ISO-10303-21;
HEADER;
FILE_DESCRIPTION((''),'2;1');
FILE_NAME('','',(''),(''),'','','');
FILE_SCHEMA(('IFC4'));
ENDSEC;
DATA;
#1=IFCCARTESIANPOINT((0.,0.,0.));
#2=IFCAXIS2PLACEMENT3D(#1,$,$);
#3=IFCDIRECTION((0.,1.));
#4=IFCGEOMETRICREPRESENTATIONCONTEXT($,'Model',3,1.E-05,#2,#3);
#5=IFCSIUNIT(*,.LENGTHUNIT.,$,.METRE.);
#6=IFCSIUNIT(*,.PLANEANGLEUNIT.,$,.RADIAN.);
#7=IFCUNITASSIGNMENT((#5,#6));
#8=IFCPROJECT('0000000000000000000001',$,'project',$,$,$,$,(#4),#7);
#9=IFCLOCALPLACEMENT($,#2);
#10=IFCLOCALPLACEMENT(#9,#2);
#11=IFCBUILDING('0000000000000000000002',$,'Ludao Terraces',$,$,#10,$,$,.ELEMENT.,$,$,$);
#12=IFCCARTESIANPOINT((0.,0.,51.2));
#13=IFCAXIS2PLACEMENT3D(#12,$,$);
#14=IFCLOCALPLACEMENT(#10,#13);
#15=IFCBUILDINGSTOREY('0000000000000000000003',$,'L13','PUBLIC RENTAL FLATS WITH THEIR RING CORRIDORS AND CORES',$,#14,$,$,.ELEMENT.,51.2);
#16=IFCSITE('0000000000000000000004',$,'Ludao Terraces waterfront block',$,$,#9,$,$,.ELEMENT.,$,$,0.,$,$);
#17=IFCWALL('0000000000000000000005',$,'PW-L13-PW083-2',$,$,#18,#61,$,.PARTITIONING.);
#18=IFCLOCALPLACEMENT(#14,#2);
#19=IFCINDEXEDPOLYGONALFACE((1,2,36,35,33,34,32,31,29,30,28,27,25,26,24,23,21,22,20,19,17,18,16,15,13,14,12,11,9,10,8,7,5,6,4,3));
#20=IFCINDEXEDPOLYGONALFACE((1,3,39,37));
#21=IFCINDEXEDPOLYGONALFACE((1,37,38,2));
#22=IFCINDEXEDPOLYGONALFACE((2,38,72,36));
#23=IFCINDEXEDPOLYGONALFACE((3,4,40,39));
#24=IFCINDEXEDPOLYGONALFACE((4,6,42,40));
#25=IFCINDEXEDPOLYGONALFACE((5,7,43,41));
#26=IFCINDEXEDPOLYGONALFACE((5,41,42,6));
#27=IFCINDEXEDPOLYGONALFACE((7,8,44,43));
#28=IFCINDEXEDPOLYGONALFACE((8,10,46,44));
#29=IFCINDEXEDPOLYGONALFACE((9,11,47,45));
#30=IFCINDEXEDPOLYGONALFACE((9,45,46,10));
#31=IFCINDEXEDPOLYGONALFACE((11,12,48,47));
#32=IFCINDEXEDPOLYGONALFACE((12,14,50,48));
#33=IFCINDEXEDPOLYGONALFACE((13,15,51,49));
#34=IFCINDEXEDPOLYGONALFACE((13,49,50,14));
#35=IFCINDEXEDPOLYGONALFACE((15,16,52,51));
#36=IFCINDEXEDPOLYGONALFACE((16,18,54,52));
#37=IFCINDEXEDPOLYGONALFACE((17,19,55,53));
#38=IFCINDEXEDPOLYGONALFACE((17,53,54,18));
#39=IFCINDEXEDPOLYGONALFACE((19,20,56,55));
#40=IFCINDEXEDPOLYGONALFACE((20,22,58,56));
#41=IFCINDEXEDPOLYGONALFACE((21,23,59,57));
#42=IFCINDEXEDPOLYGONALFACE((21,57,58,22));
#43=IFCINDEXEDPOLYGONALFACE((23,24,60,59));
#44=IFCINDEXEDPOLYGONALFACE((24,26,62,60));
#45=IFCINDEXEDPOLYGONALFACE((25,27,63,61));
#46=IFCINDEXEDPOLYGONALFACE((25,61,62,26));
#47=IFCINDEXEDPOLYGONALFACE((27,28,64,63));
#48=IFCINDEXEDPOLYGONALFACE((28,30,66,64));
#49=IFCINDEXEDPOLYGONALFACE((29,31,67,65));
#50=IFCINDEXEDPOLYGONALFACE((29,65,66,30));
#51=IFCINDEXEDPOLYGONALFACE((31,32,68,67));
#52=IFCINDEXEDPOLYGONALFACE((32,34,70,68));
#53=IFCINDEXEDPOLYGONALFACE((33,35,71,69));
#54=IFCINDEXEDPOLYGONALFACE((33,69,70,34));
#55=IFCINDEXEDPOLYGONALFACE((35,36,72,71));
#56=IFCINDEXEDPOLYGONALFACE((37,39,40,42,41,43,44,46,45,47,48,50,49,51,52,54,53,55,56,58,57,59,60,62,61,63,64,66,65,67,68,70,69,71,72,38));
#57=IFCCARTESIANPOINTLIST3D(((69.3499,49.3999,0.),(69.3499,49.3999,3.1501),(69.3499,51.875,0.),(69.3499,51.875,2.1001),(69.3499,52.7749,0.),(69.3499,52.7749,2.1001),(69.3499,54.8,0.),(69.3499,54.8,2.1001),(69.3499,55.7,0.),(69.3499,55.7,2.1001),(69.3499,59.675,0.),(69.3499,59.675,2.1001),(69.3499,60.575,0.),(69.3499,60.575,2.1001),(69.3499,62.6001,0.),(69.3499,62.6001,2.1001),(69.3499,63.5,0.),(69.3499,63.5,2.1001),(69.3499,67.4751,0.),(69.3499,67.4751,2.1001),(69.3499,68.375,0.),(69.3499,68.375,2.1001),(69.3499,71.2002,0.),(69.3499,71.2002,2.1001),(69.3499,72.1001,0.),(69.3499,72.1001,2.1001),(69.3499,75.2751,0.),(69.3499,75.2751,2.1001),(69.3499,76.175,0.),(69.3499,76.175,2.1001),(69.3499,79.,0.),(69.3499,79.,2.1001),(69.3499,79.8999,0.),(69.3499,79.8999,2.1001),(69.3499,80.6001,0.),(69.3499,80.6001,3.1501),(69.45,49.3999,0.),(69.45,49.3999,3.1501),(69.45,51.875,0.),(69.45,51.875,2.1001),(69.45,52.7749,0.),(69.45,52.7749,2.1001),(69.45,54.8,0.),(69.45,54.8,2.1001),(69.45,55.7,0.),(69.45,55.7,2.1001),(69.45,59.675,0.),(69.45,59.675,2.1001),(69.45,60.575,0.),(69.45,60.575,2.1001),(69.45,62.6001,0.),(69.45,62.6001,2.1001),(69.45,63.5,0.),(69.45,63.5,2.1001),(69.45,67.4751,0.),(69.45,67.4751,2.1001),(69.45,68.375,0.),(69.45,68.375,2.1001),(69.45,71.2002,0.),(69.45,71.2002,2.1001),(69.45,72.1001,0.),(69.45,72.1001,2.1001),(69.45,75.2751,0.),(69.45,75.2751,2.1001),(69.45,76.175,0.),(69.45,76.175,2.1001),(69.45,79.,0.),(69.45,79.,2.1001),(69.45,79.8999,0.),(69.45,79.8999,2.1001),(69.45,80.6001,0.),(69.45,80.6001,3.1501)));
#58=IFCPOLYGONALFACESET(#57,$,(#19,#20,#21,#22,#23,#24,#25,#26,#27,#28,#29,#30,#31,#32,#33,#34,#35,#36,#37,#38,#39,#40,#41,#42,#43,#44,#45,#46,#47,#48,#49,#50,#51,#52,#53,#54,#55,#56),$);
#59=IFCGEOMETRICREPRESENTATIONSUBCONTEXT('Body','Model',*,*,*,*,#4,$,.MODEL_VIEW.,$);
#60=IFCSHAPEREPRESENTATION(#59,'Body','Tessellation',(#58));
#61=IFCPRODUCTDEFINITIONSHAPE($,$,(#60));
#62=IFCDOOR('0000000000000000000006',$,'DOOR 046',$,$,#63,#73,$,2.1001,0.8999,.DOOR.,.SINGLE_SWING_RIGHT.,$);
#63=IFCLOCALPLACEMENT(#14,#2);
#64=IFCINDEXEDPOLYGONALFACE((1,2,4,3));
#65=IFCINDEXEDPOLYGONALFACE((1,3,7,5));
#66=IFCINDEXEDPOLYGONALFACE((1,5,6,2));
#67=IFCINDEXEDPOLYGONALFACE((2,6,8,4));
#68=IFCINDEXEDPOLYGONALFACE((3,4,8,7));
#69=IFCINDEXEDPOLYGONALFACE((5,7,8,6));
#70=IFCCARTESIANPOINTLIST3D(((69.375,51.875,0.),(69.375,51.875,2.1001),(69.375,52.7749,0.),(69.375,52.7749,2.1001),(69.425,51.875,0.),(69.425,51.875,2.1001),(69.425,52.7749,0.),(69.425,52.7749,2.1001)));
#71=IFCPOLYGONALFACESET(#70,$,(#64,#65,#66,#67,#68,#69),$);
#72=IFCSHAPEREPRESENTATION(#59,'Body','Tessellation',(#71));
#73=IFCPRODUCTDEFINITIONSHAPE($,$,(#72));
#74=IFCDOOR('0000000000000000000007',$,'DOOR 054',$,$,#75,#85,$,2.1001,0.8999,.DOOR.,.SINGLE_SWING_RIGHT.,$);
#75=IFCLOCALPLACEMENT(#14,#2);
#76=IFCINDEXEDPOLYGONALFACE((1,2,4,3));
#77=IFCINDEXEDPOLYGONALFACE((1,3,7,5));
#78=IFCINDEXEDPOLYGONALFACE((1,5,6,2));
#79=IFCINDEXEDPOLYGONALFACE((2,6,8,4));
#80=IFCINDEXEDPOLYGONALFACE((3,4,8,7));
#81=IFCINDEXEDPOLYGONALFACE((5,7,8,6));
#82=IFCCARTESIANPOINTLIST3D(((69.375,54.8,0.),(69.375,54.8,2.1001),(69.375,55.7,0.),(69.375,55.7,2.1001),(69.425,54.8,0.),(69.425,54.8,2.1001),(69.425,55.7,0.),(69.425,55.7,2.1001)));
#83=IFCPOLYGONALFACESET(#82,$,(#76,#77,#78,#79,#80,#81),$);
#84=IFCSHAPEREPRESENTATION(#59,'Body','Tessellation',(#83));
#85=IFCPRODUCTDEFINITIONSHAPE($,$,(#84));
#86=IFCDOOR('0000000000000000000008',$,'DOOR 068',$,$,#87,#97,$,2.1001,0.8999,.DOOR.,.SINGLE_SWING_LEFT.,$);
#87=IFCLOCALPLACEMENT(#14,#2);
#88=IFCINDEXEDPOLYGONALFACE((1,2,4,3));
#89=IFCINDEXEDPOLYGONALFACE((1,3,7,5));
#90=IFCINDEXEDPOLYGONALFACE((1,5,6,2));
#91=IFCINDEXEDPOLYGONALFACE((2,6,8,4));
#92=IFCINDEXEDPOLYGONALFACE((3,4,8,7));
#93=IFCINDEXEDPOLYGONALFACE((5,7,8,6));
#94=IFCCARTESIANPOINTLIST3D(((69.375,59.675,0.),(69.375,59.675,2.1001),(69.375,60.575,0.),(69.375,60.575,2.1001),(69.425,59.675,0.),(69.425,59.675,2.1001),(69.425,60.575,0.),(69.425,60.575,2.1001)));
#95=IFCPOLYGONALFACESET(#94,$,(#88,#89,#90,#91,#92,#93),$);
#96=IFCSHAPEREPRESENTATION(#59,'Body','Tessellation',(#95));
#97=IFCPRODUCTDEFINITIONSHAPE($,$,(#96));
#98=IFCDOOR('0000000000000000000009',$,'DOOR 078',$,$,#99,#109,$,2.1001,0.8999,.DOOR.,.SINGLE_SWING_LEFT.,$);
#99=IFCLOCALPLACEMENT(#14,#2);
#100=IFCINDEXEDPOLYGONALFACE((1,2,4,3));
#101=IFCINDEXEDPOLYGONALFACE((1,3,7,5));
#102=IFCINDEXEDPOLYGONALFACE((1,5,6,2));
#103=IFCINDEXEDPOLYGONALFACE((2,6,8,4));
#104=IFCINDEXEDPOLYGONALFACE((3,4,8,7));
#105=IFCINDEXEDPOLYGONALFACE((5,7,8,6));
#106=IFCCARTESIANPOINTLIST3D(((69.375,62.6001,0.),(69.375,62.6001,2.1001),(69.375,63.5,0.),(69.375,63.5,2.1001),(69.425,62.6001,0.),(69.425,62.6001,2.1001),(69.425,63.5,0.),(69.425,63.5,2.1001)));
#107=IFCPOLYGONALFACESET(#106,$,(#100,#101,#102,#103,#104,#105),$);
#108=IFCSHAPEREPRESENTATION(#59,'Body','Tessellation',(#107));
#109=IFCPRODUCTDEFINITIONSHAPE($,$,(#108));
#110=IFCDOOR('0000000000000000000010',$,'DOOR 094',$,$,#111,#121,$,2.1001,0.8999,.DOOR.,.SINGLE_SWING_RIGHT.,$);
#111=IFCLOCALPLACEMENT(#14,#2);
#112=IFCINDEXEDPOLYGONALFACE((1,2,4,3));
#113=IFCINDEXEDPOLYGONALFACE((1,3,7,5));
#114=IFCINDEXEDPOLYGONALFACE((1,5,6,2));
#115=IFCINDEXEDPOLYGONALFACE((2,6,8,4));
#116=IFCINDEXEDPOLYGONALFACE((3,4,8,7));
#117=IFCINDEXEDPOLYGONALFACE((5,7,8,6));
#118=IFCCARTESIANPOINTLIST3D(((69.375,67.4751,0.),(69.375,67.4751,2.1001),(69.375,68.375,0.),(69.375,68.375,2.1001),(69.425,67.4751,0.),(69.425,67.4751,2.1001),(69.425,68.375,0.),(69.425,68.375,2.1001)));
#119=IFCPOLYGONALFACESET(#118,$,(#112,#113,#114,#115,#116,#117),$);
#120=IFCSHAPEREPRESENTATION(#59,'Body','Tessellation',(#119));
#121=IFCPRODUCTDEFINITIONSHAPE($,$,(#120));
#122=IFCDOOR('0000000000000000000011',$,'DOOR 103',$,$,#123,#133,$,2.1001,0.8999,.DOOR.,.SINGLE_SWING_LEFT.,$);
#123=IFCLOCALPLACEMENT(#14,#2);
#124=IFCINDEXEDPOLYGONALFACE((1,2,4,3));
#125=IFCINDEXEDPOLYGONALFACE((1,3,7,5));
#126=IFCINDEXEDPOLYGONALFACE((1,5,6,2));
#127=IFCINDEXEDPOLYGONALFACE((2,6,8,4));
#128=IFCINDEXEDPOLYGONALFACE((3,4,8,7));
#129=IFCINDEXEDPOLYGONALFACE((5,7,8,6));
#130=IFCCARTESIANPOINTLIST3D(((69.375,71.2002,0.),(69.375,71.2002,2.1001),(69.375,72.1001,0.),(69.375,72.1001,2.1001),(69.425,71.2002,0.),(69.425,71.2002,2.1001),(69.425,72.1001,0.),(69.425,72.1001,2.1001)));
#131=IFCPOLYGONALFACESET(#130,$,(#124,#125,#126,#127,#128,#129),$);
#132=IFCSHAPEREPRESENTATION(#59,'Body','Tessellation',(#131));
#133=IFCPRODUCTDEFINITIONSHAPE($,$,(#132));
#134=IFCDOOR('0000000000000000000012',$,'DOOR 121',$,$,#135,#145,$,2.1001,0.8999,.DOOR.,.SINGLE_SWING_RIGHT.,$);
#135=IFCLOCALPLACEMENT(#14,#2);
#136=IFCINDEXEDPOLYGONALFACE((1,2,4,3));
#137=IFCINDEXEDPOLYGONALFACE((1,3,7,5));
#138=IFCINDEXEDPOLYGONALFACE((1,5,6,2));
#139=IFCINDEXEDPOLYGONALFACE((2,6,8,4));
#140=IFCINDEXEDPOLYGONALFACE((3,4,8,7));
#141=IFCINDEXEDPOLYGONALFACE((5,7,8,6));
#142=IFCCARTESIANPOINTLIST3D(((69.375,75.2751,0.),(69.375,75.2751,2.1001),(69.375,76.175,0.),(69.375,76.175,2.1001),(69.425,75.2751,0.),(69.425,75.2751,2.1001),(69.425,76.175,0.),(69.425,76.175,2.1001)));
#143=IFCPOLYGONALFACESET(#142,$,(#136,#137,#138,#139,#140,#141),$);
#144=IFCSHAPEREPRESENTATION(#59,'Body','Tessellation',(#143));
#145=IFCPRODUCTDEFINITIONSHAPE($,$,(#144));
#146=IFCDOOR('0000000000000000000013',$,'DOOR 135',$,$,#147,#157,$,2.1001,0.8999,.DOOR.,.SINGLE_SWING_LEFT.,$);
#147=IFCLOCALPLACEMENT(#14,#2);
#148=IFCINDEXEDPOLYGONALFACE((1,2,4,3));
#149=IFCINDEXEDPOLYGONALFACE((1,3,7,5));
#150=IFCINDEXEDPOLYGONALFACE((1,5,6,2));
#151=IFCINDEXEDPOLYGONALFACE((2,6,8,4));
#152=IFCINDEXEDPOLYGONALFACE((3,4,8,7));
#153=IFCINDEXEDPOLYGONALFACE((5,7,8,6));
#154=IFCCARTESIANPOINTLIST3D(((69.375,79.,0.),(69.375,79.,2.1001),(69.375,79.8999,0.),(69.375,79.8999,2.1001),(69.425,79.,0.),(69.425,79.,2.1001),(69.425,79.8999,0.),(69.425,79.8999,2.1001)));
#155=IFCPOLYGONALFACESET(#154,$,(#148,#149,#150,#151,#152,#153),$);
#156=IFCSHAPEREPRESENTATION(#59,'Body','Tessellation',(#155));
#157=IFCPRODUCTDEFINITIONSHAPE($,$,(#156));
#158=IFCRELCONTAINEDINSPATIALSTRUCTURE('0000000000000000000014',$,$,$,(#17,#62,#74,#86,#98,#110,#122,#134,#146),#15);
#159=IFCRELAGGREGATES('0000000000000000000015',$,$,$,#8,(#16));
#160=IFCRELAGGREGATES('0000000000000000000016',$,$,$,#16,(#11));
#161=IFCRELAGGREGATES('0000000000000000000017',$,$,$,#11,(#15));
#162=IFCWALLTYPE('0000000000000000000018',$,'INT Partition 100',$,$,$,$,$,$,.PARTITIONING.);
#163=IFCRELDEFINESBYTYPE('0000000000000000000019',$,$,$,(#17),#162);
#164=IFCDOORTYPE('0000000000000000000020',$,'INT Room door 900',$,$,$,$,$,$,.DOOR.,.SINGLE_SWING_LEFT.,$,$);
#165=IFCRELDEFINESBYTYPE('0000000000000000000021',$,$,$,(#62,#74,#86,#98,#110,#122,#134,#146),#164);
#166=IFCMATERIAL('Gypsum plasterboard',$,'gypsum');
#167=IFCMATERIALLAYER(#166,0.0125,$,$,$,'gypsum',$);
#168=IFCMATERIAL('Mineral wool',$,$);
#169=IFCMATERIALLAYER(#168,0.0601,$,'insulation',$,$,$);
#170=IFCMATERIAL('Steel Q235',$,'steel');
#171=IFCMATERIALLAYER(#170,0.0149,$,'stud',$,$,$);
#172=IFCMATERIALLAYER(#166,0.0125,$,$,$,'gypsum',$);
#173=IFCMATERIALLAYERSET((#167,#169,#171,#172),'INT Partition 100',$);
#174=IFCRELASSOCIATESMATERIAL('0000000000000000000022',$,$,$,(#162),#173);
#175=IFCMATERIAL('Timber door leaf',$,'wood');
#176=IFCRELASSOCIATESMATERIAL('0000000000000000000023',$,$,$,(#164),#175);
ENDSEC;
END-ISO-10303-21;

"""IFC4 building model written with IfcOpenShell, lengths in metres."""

from ifc_helpers import new_model, si_unit, direction, frame, frame_2d, origin, place, context, subcontext, project, spatial, rectangle, extrude, material, layer, layer_set, type_object, element, fill, save


model = new_model("IFC4")

# Units and contexts
model_context = context("Model", 3, precision=1e-05, world=origin(), true_north=direction((0.0, 1.0)))
body_context = subcontext(model_context, "Body", "Model", "MODEL_VIEW")
ifc_project = project(units=[si_unit("LENGTHUNIT", "METRE"), si_unit("PLANEANGLEUNIT", "RADIAN")], contexts=[model_context])

# Site, building, storey
site_placement = place(None, origin())
site = spatial("IfcSite", under=ifc_project, at=site_placement, Name="Ludao Terraces waterfront block", CompositionType="ELEMENT", RefElevation=0.0)
building_placement = place(site_placement, origin())
building = spatial("IfcBuilding", under=site, at=building_placement, Name="Ludao Terraces", CompositionType="ELEMENT")
storey_placement = place(building_placement, frame((0.0, 0.0, 51.2)))
storey = spatial("IfcBuildingStorey", under=building, at=storey_placement, Name="L13", Description="PUBLIC RENTAL FLATS WITH THEIR RING CORRIDORS AND CORES", CompositionType="ELEMENT", Elevation=51.2)

# Shared definitions
ifc_material_1 = material(Name="Gypsum plasterboard", Category="gypsum")
ifc_layer_1 = layer(ifc_material_1, 0.0125, Category="gypsum")
ifc_material_2 = material(Name="Mineral wool")
ifc_layer_2 = layer(ifc_material_2, 0.0601, Name="insulation")
ifc_material_3 = material(Name="Steel Q235", Category="steel")
ifc_layer_3 = layer(ifc_material_3, 0.0149, Name="stud")
ifc_layer_4 = layer(ifc_material_1, 0.0125, Category="gypsum")
ifc_layer_set = layer_set([ifc_layer_1, ifc_layer_2, ifc_layer_3, ifc_layer_4], Name="INT Partition 100")
wall_type = type_object("IfcWallType", Name="INT Partition 100", PredefinedType="PARTITIONING", material=ifc_layer_set)

# Wall, openings, doors
wall_placement = place(storey_placement, frame((69.3999, 49.3999, 0.0), z_axis=(0.0, 0.0, 1.0), x_axis=(0.0, 1.0, 0.0)))
wall = element("IfcWall", 1, at=wall_placement, inside=storey, type_object=wall_type, Name="PW-L13-PW083-2", PredefinedType="PARTITIONING", context=body_context, shape_type="SweptSolid", body=[
    extrude(rectangle(XDim=31.2002, YDim=0.1001, at=frame_2d((15.6001, 0.0))), origin(), (0.0, 0.0, 1.0), 3.1501),
])
opening_1_placement = place(wall_placement, frame((2.4751, 0.0, 0.0)))
opening_1 = element("IfcOpeningElement", 2, at=opening_1_placement, cuts=wall, PredefinedType="OPENING", context=body_context, shape_type="SweptSolid", body=[
    extrude(rectangle(XDim=0.8999, YDim=2.1001, at=frame_2d((0.45, 1.05))), frame((0.0, 0.0601, 0.0), z_axis=(0.0, -1.0, 0.0), x_axis=(1.0, 0.0, 0.0)), (0.0, 0.0, 1.0), 0.1201),
])
opening_2_placement = place(wall_placement, frame((5.4001, 0.0, 0.0)))
opening_2 = element("IfcOpeningElement", 3, at=opening_2_placement, cuts=wall, PredefinedType="OPENING", context=body_context, shape_type="SweptSolid", body=[
    extrude(rectangle(XDim=0.8999, YDim=2.1001, at=frame_2d((0.45, 1.05))), frame((0.0, 0.0601, 0.0), z_axis=(0.0, -1.0, 0.0), x_axis=(1.0, 0.0, 0.0)), (0.0, 0.0, 1.0), 0.1201),
])
opening_3_placement = place(wall_placement, frame((10.2751, 0.0, 0.0)))
opening_3 = element("IfcOpeningElement", 4, at=opening_3_placement, cuts=wall, PredefinedType="OPENING", context=body_context, shape_type="SweptSolid", body=[
    extrude(rectangle(XDim=0.8999, YDim=2.1001, at=frame_2d((0.45, 1.05))), frame((0.0, 0.0601, 0.0), z_axis=(0.0, -1.0, 0.0), x_axis=(1.0, 0.0, 0.0)), (0.0, 0.0, 1.0), 0.1201),
])
opening_4_placement = place(wall_placement, frame((13.2002, 0.0, 0.0)))
opening_4 = element("IfcOpeningElement", 5, at=opening_4_placement, cuts=wall, PredefinedType="OPENING", context=body_context, shape_type="SweptSolid", body=[
    extrude(rectangle(XDim=0.8999, YDim=2.1001, at=frame_2d((0.45, 1.05))), frame((0.0, 0.0601, 0.0), z_axis=(0.0, -1.0, 0.0), x_axis=(1.0, 0.0, 0.0)), (0.0, 0.0, 1.0), 0.1201),
])
opening_5_placement = place(wall_placement, frame((18.0752, 0.0, 0.0)))
opening_5 = element("IfcOpeningElement", 6, at=opening_5_placement, cuts=wall, PredefinedType="OPENING", context=body_context, shape_type="SweptSolid", body=[
    extrude(rectangle(XDim=0.8999, YDim=2.1001, at=frame_2d((0.45, 1.05))), frame((0.0, 0.0601, 0.0), z_axis=(0.0, -1.0, 0.0), x_axis=(1.0, 0.0, 0.0)), (0.0, 0.0, 1.0), 0.1201),
])
opening_6_placement = place(wall_placement, frame((21.8003, 0.0, 0.0)))
opening_6 = element("IfcOpeningElement", 7, at=opening_6_placement, cuts=wall, PredefinedType="OPENING", context=body_context, shape_type="SweptSolid", body=[
    extrude(rectangle(XDim=0.8999, YDim=2.1001, at=frame_2d((0.45, 1.05))), frame((0.0, 0.0601, 0.0), z_axis=(0.0, -1.0, 0.0), x_axis=(1.0, 0.0, 0.0)), (0.0, 0.0, 1.0), 0.1201),
])
opening_7_placement = place(wall_placement, frame((25.8752, 0.0, 0.0)))
opening_7 = element("IfcOpeningElement", 8, at=opening_7_placement, cuts=wall, PredefinedType="OPENING", context=body_context, shape_type="SweptSolid", body=[
    extrude(rectangle(XDim=0.8999, YDim=2.1001, at=frame_2d((0.45, 1.05))), frame((0.0, 0.0601, 0.0), z_axis=(0.0, -1.0, 0.0), x_axis=(1.0, 0.0, 0.0)), (0.0, 0.0, 1.0), 0.1201),
])
opening_8_placement = place(wall_placement, frame((29.6001, 0.0, 0.0)))
opening_8 = element("IfcOpeningElement", 9, at=opening_8_placement, cuts=wall, PredefinedType="OPENING", context=body_context, shape_type="SweptSolid", body=[
    extrude(rectangle(XDim=0.8999, YDim=2.1001, at=frame_2d((0.45, 1.05))), frame((0.0, 0.0601, 0.0), z_axis=(0.0, -1.0, 0.0), x_axis=(1.0, 0.0, 0.0)), (0.0, 0.0, 1.0), 0.1201),
])
ifc_material_4 = material(Name="Timber door leaf", Category="wood")
door_type = type_object("IfcDoorType", Name="INT Room door 900", OperationType="SINGLE_SWING_LEFT", PredefinedType="DOOR", material=ifc_material_4)
door_1_placement = place(opening_1_placement, origin())
door_1 = element("IfcDoor", 10, at=door_1_placement, inside=storey, type_object=door_type, Name="DOOR 046", OperationType="SINGLE_SWING_RIGHT", OverallHeight=2.1001, OverallWidth=0.8999, PredefinedType="DOOR", context=body_context, shape_type="SweptSolid", body=[
    extrude(rectangle(XDim=0.8999, YDim=2.1001, at=frame_2d((0.45, 1.05))), frame((0.0, 0.0249, 0.0), z_axis=(0.0, -1.0, 0.0), x_axis=(1.0, 0.0, 0.0)), (0.0, 0.0, 1.0), 0.05),
])
fill(opening_1, door_1)
door_2_placement = place(opening_2_placement, origin())
door_2 = element("IfcDoor", 11, at=door_2_placement, inside=storey, type_object=door_type, Name="DOOR 054", OperationType="SINGLE_SWING_RIGHT", OverallHeight=2.1001, OverallWidth=0.8999, PredefinedType="DOOR", context=body_context, shape_type="SweptSolid", body=[
    extrude(rectangle(XDim=0.8999, YDim=2.1001, at=frame_2d((0.45, 1.05))), frame((0.0, 0.0249, 0.0), z_axis=(0.0, -1.0, 0.0), x_axis=(1.0, 0.0, 0.0)), (0.0, 0.0, 1.0), 0.05),
])
fill(opening_2, door_2)
door_3_placement = place(opening_3_placement, origin())
door_3 = element("IfcDoor", 12, at=door_3_placement, inside=storey, type_object=door_type, Name="DOOR 068", OperationType="SINGLE_SWING_LEFT", OverallHeight=2.1001, OverallWidth=0.8999, PredefinedType="DOOR", context=body_context, shape_type="SweptSolid", body=[
    extrude(rectangle(XDim=0.8999, YDim=2.1001, at=frame_2d((0.45, 1.05))), frame((0.0, 0.0249, 0.0), z_axis=(0.0, -1.0, 0.0), x_axis=(1.0, 0.0, 0.0)), (0.0, 0.0, 1.0), 0.05),
])
fill(opening_3, door_3)
door_4_placement = place(opening_4_placement, origin())
door_4 = element("IfcDoor", 13, at=door_4_placement, inside=storey, type_object=door_type, Name="DOOR 078", OperationType="SINGLE_SWING_LEFT", OverallHeight=2.1001, OverallWidth=0.8999, PredefinedType="DOOR", context=body_context, shape_type="SweptSolid", body=[
    extrude(rectangle(XDim=0.8999, YDim=2.1001, at=frame_2d((0.45, 1.05))), frame((0.0, 0.0249, 0.0), z_axis=(0.0, -1.0, 0.0), x_axis=(1.0, 0.0, 0.0)), (0.0, 0.0, 1.0), 0.05),
])
fill(opening_4, door_4)
door_5_placement = place(opening_5_placement, origin())
door_5 = element("IfcDoor", 14, at=door_5_placement, inside=storey, type_object=door_type, Name="DOOR 094", OperationType="SINGLE_SWING_RIGHT", OverallHeight=2.1001, OverallWidth=0.8999, PredefinedType="DOOR", context=body_context, shape_type="SweptSolid", body=[
    extrude(rectangle(XDim=0.8999, YDim=2.1001, at=frame_2d((0.45, 1.05))), frame((0.0, 0.0249, 0.0), z_axis=(0.0, -1.0, 0.0), x_axis=(1.0, 0.0, 0.0)), (0.0, 0.0, 1.0), 0.05),
])
fill(opening_5, door_5)
door_6_placement = place(opening_6_placement, origin())
door_6 = element("IfcDoor", 15, at=door_6_placement, inside=storey, type_object=door_type, Name="DOOR 103", OperationType="SINGLE_SWING_LEFT", OverallHeight=2.1001, OverallWidth=0.8999, PredefinedType="DOOR", context=body_context, shape_type="SweptSolid", body=[
    extrude(rectangle(XDim=0.8999, YDim=2.1001, at=frame_2d((0.45, 1.05))), frame((0.0, 0.0249, 0.0), z_axis=(0.0, -1.0, 0.0), x_axis=(1.0, 0.0, 0.0)), (0.0, 0.0, 1.0), 0.05),
])
fill(opening_6, door_6)
door_7_placement = place(opening_7_placement, origin())
door_7 = element("IfcDoor", 16, at=door_7_placement, inside=storey, type_object=door_type, Name="DOOR 121", OperationType="SINGLE_SWING_RIGHT", OverallHeight=2.1001, OverallWidth=0.8999, PredefinedType="DOOR", context=body_context, shape_type="SweptSolid", body=[
    extrude(rectangle(XDim=0.8999, YDim=2.1001, at=frame_2d((0.45, 1.05))), frame((0.0, 0.0249, 0.0), z_axis=(0.0, -1.0, 0.0), x_axis=(1.0, 0.0, 0.0)), (0.0, 0.0, 1.0), 0.05),
])
fill(opening_7, door_7)
door_8_placement = place(opening_8_placement, origin())
door_8 = element("IfcDoor", 17, at=door_8_placement, inside=storey, type_object=door_type, Name="DOOR 135", OperationType="SINGLE_SWING_LEFT", OverallHeight=2.1001, OverallWidth=0.8999, PredefinedType="DOOR", context=body_context, shape_type="SweptSolid", body=[
    extrude(rectangle(XDim=0.8999, YDim=2.1001, at=frame_2d((0.45, 1.05))), frame((0.0, 0.0249, 0.0), z_axis=(0.0, -1.0, 0.0), x_axis=(1.0, 0.0, 0.0)), (0.0, 0.0, 1.0), 0.05),
])
fill(opening_8, door_8)

save(model, "model.ifc")
